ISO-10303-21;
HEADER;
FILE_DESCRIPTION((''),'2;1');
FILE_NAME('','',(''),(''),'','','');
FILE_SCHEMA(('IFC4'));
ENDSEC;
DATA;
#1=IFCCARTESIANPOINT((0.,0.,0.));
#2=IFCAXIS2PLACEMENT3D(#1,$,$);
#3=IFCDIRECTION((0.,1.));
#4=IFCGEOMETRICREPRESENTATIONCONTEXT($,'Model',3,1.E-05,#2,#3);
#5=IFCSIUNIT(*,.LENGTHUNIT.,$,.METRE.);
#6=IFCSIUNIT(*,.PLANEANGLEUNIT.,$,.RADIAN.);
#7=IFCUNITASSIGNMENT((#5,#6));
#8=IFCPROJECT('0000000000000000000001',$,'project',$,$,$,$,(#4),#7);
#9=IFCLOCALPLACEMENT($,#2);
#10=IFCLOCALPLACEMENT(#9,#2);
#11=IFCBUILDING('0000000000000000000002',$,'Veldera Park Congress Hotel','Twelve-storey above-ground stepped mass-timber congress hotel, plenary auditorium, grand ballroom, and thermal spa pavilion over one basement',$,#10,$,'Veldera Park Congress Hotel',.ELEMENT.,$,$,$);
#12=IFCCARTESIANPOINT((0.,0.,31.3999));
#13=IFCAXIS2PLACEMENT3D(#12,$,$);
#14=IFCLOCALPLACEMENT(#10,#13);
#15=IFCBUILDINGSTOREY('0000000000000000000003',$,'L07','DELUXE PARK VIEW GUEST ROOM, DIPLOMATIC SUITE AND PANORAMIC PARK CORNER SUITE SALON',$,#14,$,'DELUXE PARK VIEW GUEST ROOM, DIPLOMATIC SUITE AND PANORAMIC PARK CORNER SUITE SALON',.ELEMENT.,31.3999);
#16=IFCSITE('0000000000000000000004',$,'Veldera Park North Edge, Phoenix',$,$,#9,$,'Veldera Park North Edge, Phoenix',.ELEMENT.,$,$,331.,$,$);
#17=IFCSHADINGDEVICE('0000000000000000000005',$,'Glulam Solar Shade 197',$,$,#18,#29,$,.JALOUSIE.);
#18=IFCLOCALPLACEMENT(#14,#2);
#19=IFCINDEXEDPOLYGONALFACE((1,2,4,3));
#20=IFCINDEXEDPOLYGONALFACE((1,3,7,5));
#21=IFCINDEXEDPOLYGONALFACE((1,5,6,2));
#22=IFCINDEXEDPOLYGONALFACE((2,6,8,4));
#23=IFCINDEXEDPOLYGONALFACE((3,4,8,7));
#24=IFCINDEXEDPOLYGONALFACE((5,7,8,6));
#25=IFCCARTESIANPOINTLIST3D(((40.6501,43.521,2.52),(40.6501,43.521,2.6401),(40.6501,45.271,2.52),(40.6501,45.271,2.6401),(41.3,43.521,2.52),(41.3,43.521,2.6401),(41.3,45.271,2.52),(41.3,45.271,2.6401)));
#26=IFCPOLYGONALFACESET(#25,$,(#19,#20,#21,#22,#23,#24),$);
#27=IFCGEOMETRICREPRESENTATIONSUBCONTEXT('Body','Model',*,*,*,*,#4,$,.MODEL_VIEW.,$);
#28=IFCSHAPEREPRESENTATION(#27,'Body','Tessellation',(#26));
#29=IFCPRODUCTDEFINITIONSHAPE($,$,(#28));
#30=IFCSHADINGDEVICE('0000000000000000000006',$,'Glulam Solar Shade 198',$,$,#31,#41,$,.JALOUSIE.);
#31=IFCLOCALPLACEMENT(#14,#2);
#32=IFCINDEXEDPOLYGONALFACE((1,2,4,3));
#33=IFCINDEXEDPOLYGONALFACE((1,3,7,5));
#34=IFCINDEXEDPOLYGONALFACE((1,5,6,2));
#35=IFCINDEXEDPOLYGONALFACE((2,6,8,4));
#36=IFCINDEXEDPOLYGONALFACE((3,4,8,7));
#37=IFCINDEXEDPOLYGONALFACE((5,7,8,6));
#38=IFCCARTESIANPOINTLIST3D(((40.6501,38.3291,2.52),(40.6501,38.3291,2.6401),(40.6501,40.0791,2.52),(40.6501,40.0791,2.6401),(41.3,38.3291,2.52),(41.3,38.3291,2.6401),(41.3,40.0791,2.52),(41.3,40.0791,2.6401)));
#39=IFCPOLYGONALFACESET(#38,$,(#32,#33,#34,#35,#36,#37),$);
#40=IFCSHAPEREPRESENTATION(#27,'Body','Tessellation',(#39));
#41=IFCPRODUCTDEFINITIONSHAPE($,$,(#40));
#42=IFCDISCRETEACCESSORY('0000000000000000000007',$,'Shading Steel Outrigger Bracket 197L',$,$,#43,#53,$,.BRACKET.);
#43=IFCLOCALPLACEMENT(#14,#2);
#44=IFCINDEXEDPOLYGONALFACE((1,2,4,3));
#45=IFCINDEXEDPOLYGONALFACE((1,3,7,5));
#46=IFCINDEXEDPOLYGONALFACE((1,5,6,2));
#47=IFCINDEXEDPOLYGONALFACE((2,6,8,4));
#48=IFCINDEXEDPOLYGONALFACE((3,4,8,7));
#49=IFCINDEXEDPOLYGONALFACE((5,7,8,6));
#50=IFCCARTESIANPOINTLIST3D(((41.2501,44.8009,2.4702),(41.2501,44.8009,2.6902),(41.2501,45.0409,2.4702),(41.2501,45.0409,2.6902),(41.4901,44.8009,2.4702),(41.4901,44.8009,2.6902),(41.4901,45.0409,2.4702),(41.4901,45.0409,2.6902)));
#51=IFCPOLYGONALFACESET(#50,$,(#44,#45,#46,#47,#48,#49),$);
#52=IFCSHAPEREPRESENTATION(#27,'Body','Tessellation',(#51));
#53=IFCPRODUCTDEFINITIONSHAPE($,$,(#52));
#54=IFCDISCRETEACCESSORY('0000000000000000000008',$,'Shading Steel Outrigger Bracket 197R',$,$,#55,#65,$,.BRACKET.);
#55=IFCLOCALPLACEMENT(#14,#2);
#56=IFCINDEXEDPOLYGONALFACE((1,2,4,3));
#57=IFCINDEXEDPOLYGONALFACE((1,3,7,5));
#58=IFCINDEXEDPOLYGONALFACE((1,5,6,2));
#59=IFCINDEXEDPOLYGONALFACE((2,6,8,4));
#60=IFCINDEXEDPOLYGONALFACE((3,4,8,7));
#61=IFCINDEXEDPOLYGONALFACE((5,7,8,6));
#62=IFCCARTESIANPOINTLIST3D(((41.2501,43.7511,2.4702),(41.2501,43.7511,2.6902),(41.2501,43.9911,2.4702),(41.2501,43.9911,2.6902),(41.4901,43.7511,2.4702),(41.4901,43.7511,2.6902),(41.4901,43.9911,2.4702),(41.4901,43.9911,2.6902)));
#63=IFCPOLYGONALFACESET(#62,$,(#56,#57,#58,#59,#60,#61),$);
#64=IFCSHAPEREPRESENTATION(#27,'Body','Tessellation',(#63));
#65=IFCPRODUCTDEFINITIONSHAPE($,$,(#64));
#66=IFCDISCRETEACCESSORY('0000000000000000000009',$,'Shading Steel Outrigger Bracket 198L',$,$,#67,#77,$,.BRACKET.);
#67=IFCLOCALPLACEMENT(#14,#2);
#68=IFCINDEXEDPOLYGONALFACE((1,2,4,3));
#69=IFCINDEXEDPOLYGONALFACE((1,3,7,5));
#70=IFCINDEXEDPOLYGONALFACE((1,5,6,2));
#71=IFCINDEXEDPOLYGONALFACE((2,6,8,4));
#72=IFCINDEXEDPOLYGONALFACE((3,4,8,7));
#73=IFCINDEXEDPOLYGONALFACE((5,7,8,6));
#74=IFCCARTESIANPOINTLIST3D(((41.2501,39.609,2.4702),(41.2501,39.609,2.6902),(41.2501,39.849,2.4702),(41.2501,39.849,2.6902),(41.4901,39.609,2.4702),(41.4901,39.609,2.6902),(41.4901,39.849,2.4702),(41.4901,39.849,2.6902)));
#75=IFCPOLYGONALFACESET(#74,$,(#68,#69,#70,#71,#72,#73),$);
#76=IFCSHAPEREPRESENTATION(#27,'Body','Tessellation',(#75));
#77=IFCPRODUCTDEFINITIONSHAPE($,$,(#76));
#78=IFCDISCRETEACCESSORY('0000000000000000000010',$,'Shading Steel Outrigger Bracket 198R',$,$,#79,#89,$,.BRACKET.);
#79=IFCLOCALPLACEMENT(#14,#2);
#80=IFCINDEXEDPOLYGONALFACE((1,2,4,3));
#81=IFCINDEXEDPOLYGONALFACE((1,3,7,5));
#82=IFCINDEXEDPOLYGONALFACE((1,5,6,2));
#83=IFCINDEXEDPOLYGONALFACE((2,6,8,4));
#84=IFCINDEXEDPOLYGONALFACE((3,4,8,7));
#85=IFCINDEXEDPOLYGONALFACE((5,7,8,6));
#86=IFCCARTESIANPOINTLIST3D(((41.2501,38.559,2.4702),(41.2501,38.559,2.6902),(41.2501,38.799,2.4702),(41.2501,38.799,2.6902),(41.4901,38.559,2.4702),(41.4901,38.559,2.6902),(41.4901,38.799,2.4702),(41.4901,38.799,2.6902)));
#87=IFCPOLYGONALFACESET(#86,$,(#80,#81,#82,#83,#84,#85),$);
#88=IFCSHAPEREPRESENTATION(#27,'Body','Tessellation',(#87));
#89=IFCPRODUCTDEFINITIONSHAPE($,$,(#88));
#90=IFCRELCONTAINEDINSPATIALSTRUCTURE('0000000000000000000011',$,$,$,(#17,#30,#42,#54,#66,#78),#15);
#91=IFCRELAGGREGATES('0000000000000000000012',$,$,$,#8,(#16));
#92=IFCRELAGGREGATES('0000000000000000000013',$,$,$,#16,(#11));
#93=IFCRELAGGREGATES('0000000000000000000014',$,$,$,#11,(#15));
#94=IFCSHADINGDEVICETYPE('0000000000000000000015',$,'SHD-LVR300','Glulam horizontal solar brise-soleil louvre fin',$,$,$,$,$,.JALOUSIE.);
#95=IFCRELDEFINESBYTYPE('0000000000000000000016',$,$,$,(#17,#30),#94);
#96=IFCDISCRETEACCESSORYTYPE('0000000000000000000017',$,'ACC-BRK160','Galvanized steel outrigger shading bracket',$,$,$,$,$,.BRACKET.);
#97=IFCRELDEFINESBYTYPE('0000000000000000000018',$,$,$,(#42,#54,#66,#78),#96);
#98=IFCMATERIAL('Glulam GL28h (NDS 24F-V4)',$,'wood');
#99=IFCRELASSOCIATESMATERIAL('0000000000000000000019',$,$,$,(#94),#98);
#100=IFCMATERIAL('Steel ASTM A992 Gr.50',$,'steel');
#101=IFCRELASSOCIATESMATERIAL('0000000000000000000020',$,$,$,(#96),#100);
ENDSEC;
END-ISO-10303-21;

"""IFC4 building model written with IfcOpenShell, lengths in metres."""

from ifc_helpers import new_model, si_unit, direction, frame, origin, origin_2d, place, context, subcontext, project, spatial, rectangle, extrude, material, type_object, element, save


model = new_model("IFC4")

# Units and contexts
model_context = context("Model", 3, precision=1e-05, world=origin(), true_north=direction((0.0, 1.0)))
body_context = subcontext(model_context, "Body", "Model", "MODEL_VIEW")
ifc_project = project(units=[si_unit("LENGTHUNIT", "METRE"), si_unit("PLANEANGLEUNIT", "RADIAN")], contexts=[model_context])

# Site, building, storey
site_placement = place(None, origin())
site = spatial("IfcSite", under=ifc_project, at=site_placement, Name="Veldera Park North Edge, Phoenix", LongName="Veldera Park North Edge, Phoenix", CompositionType="ELEMENT", RefElevation=331.0)
building_placement = place(site_placement, origin())
building = spatial("IfcBuilding", under=site, at=building_placement, Name="Veldera Park Congress Hotel", Description="Twelve-storey above-ground stepped mass-timber congress hotel, plenary auditorium, grand ballroom, and thermal spa pavilion over one basement", LongName="Veldera Park Congress Hotel", CompositionType="ELEMENT")
storey_placement = place(building_placement, frame((0.0, 0.0, 31.3999)))
storey = spatial("IfcBuildingStorey", under=building, at=storey_placement, Name="L07", Description="DELUXE PARK VIEW GUEST ROOM, DIPLOMATIC SUITE AND PANORAMIC PARK CORNER SUITE SALON", LongName="DELUXE PARK VIEW GUEST ROOM, DIPLOMATIC SUITE AND PANORAMIC PARK CORNER SUITE SALON", CompositionType="ELEMENT", Elevation=31.3999)

# Shared definitions
ifc_material_1 = material(Name="Glulam GL28h (NDS 24F-V4)", Category="wood")

# Shading devices
shading_device_type = type_object("IfcShadingDeviceType", Name="SHD-LVR300", Description="Glulam horizontal solar brise-soleil louvre fin", PredefinedType="JALOUSIE", material=ifc_material_1)
for number, where, z_axis, x_axis, name in (
    (1, (40.9751, 44.396, 2.52), (0.0, 0.0, 1.0), (0.0, -1.0, 0.0), "Glulam Solar Shade 197"),
    (2, (40.9751, 39.2041, 2.52), (0.0, 0.0, 1.0), (0.0, -1.0, 0.0), "Glulam Solar Shade 198"),
):
    element("IfcShadingDevice", number, at=place(storey_placement, frame(where, z_axis=z_axis, x_axis=x_axis)), inside=storey, type_object=shading_device_type, Name=name, PredefinedType="JALOUSIE", context=body_context, shape_type="SweptSolid", body=[
        extrude(rectangle(XDim=1.75, YDim=0.6499, at=origin_2d()), origin(), (0.0, 0.0, 1.0), 0.1201),
    ])

# Discrete accessories
ifc_material_2 = material(Name="Steel ASTM A992 Gr.50", Category="steel")
discrete_accessory_type = type_object("IfcDiscreteAccessoryType", Name="ACC-BRK160", Description="Galvanized steel outrigger shading bracket", PredefinedType="BRACKET", material=ifc_material_2)
for number, where, z_axis, x_axis, name in (
    (3, (41.3701, 44.9209, 2.4702), (0.0, 0.0, 1.0), (0.0, -1.0, 0.0), "Shading Steel Outrigger Bracket 197L"),
    (4, (41.3701, 43.8711, 2.4702), (0.0, 0.0, 1.0), (0.0, -1.0, 0.0), "Shading Steel Outrigger Bracket 197R"),
    (5, (41.3701, 39.729, 2.4702), (0.0, 0.0, 1.0), (0.0, -1.0, 0.0), "Shading Steel Outrigger Bracket 198L"),
    (6, (41.3701, 38.679, 2.4702), (0.0, 0.0, 1.0), (0.0, -1.0, 0.0), "Shading Steel Outrigger Bracket 198R"),
):
    element("IfcDiscreteAccessory", number, at=place(storey_placement, frame(where, z_axis=z_axis, x_axis=x_axis)), inside=storey, type_object=discrete_accessory_type, Name=name, PredefinedType="BRACKET", context=body_context, shape_type="SweptSolid", body=[
        extrude(rectangle(XDim=0.24, YDim=0.24, at=origin_2d()), origin(), (0.0, 0.0, 1.0), 0.22),
    ])

save(model, "model.ifc")
